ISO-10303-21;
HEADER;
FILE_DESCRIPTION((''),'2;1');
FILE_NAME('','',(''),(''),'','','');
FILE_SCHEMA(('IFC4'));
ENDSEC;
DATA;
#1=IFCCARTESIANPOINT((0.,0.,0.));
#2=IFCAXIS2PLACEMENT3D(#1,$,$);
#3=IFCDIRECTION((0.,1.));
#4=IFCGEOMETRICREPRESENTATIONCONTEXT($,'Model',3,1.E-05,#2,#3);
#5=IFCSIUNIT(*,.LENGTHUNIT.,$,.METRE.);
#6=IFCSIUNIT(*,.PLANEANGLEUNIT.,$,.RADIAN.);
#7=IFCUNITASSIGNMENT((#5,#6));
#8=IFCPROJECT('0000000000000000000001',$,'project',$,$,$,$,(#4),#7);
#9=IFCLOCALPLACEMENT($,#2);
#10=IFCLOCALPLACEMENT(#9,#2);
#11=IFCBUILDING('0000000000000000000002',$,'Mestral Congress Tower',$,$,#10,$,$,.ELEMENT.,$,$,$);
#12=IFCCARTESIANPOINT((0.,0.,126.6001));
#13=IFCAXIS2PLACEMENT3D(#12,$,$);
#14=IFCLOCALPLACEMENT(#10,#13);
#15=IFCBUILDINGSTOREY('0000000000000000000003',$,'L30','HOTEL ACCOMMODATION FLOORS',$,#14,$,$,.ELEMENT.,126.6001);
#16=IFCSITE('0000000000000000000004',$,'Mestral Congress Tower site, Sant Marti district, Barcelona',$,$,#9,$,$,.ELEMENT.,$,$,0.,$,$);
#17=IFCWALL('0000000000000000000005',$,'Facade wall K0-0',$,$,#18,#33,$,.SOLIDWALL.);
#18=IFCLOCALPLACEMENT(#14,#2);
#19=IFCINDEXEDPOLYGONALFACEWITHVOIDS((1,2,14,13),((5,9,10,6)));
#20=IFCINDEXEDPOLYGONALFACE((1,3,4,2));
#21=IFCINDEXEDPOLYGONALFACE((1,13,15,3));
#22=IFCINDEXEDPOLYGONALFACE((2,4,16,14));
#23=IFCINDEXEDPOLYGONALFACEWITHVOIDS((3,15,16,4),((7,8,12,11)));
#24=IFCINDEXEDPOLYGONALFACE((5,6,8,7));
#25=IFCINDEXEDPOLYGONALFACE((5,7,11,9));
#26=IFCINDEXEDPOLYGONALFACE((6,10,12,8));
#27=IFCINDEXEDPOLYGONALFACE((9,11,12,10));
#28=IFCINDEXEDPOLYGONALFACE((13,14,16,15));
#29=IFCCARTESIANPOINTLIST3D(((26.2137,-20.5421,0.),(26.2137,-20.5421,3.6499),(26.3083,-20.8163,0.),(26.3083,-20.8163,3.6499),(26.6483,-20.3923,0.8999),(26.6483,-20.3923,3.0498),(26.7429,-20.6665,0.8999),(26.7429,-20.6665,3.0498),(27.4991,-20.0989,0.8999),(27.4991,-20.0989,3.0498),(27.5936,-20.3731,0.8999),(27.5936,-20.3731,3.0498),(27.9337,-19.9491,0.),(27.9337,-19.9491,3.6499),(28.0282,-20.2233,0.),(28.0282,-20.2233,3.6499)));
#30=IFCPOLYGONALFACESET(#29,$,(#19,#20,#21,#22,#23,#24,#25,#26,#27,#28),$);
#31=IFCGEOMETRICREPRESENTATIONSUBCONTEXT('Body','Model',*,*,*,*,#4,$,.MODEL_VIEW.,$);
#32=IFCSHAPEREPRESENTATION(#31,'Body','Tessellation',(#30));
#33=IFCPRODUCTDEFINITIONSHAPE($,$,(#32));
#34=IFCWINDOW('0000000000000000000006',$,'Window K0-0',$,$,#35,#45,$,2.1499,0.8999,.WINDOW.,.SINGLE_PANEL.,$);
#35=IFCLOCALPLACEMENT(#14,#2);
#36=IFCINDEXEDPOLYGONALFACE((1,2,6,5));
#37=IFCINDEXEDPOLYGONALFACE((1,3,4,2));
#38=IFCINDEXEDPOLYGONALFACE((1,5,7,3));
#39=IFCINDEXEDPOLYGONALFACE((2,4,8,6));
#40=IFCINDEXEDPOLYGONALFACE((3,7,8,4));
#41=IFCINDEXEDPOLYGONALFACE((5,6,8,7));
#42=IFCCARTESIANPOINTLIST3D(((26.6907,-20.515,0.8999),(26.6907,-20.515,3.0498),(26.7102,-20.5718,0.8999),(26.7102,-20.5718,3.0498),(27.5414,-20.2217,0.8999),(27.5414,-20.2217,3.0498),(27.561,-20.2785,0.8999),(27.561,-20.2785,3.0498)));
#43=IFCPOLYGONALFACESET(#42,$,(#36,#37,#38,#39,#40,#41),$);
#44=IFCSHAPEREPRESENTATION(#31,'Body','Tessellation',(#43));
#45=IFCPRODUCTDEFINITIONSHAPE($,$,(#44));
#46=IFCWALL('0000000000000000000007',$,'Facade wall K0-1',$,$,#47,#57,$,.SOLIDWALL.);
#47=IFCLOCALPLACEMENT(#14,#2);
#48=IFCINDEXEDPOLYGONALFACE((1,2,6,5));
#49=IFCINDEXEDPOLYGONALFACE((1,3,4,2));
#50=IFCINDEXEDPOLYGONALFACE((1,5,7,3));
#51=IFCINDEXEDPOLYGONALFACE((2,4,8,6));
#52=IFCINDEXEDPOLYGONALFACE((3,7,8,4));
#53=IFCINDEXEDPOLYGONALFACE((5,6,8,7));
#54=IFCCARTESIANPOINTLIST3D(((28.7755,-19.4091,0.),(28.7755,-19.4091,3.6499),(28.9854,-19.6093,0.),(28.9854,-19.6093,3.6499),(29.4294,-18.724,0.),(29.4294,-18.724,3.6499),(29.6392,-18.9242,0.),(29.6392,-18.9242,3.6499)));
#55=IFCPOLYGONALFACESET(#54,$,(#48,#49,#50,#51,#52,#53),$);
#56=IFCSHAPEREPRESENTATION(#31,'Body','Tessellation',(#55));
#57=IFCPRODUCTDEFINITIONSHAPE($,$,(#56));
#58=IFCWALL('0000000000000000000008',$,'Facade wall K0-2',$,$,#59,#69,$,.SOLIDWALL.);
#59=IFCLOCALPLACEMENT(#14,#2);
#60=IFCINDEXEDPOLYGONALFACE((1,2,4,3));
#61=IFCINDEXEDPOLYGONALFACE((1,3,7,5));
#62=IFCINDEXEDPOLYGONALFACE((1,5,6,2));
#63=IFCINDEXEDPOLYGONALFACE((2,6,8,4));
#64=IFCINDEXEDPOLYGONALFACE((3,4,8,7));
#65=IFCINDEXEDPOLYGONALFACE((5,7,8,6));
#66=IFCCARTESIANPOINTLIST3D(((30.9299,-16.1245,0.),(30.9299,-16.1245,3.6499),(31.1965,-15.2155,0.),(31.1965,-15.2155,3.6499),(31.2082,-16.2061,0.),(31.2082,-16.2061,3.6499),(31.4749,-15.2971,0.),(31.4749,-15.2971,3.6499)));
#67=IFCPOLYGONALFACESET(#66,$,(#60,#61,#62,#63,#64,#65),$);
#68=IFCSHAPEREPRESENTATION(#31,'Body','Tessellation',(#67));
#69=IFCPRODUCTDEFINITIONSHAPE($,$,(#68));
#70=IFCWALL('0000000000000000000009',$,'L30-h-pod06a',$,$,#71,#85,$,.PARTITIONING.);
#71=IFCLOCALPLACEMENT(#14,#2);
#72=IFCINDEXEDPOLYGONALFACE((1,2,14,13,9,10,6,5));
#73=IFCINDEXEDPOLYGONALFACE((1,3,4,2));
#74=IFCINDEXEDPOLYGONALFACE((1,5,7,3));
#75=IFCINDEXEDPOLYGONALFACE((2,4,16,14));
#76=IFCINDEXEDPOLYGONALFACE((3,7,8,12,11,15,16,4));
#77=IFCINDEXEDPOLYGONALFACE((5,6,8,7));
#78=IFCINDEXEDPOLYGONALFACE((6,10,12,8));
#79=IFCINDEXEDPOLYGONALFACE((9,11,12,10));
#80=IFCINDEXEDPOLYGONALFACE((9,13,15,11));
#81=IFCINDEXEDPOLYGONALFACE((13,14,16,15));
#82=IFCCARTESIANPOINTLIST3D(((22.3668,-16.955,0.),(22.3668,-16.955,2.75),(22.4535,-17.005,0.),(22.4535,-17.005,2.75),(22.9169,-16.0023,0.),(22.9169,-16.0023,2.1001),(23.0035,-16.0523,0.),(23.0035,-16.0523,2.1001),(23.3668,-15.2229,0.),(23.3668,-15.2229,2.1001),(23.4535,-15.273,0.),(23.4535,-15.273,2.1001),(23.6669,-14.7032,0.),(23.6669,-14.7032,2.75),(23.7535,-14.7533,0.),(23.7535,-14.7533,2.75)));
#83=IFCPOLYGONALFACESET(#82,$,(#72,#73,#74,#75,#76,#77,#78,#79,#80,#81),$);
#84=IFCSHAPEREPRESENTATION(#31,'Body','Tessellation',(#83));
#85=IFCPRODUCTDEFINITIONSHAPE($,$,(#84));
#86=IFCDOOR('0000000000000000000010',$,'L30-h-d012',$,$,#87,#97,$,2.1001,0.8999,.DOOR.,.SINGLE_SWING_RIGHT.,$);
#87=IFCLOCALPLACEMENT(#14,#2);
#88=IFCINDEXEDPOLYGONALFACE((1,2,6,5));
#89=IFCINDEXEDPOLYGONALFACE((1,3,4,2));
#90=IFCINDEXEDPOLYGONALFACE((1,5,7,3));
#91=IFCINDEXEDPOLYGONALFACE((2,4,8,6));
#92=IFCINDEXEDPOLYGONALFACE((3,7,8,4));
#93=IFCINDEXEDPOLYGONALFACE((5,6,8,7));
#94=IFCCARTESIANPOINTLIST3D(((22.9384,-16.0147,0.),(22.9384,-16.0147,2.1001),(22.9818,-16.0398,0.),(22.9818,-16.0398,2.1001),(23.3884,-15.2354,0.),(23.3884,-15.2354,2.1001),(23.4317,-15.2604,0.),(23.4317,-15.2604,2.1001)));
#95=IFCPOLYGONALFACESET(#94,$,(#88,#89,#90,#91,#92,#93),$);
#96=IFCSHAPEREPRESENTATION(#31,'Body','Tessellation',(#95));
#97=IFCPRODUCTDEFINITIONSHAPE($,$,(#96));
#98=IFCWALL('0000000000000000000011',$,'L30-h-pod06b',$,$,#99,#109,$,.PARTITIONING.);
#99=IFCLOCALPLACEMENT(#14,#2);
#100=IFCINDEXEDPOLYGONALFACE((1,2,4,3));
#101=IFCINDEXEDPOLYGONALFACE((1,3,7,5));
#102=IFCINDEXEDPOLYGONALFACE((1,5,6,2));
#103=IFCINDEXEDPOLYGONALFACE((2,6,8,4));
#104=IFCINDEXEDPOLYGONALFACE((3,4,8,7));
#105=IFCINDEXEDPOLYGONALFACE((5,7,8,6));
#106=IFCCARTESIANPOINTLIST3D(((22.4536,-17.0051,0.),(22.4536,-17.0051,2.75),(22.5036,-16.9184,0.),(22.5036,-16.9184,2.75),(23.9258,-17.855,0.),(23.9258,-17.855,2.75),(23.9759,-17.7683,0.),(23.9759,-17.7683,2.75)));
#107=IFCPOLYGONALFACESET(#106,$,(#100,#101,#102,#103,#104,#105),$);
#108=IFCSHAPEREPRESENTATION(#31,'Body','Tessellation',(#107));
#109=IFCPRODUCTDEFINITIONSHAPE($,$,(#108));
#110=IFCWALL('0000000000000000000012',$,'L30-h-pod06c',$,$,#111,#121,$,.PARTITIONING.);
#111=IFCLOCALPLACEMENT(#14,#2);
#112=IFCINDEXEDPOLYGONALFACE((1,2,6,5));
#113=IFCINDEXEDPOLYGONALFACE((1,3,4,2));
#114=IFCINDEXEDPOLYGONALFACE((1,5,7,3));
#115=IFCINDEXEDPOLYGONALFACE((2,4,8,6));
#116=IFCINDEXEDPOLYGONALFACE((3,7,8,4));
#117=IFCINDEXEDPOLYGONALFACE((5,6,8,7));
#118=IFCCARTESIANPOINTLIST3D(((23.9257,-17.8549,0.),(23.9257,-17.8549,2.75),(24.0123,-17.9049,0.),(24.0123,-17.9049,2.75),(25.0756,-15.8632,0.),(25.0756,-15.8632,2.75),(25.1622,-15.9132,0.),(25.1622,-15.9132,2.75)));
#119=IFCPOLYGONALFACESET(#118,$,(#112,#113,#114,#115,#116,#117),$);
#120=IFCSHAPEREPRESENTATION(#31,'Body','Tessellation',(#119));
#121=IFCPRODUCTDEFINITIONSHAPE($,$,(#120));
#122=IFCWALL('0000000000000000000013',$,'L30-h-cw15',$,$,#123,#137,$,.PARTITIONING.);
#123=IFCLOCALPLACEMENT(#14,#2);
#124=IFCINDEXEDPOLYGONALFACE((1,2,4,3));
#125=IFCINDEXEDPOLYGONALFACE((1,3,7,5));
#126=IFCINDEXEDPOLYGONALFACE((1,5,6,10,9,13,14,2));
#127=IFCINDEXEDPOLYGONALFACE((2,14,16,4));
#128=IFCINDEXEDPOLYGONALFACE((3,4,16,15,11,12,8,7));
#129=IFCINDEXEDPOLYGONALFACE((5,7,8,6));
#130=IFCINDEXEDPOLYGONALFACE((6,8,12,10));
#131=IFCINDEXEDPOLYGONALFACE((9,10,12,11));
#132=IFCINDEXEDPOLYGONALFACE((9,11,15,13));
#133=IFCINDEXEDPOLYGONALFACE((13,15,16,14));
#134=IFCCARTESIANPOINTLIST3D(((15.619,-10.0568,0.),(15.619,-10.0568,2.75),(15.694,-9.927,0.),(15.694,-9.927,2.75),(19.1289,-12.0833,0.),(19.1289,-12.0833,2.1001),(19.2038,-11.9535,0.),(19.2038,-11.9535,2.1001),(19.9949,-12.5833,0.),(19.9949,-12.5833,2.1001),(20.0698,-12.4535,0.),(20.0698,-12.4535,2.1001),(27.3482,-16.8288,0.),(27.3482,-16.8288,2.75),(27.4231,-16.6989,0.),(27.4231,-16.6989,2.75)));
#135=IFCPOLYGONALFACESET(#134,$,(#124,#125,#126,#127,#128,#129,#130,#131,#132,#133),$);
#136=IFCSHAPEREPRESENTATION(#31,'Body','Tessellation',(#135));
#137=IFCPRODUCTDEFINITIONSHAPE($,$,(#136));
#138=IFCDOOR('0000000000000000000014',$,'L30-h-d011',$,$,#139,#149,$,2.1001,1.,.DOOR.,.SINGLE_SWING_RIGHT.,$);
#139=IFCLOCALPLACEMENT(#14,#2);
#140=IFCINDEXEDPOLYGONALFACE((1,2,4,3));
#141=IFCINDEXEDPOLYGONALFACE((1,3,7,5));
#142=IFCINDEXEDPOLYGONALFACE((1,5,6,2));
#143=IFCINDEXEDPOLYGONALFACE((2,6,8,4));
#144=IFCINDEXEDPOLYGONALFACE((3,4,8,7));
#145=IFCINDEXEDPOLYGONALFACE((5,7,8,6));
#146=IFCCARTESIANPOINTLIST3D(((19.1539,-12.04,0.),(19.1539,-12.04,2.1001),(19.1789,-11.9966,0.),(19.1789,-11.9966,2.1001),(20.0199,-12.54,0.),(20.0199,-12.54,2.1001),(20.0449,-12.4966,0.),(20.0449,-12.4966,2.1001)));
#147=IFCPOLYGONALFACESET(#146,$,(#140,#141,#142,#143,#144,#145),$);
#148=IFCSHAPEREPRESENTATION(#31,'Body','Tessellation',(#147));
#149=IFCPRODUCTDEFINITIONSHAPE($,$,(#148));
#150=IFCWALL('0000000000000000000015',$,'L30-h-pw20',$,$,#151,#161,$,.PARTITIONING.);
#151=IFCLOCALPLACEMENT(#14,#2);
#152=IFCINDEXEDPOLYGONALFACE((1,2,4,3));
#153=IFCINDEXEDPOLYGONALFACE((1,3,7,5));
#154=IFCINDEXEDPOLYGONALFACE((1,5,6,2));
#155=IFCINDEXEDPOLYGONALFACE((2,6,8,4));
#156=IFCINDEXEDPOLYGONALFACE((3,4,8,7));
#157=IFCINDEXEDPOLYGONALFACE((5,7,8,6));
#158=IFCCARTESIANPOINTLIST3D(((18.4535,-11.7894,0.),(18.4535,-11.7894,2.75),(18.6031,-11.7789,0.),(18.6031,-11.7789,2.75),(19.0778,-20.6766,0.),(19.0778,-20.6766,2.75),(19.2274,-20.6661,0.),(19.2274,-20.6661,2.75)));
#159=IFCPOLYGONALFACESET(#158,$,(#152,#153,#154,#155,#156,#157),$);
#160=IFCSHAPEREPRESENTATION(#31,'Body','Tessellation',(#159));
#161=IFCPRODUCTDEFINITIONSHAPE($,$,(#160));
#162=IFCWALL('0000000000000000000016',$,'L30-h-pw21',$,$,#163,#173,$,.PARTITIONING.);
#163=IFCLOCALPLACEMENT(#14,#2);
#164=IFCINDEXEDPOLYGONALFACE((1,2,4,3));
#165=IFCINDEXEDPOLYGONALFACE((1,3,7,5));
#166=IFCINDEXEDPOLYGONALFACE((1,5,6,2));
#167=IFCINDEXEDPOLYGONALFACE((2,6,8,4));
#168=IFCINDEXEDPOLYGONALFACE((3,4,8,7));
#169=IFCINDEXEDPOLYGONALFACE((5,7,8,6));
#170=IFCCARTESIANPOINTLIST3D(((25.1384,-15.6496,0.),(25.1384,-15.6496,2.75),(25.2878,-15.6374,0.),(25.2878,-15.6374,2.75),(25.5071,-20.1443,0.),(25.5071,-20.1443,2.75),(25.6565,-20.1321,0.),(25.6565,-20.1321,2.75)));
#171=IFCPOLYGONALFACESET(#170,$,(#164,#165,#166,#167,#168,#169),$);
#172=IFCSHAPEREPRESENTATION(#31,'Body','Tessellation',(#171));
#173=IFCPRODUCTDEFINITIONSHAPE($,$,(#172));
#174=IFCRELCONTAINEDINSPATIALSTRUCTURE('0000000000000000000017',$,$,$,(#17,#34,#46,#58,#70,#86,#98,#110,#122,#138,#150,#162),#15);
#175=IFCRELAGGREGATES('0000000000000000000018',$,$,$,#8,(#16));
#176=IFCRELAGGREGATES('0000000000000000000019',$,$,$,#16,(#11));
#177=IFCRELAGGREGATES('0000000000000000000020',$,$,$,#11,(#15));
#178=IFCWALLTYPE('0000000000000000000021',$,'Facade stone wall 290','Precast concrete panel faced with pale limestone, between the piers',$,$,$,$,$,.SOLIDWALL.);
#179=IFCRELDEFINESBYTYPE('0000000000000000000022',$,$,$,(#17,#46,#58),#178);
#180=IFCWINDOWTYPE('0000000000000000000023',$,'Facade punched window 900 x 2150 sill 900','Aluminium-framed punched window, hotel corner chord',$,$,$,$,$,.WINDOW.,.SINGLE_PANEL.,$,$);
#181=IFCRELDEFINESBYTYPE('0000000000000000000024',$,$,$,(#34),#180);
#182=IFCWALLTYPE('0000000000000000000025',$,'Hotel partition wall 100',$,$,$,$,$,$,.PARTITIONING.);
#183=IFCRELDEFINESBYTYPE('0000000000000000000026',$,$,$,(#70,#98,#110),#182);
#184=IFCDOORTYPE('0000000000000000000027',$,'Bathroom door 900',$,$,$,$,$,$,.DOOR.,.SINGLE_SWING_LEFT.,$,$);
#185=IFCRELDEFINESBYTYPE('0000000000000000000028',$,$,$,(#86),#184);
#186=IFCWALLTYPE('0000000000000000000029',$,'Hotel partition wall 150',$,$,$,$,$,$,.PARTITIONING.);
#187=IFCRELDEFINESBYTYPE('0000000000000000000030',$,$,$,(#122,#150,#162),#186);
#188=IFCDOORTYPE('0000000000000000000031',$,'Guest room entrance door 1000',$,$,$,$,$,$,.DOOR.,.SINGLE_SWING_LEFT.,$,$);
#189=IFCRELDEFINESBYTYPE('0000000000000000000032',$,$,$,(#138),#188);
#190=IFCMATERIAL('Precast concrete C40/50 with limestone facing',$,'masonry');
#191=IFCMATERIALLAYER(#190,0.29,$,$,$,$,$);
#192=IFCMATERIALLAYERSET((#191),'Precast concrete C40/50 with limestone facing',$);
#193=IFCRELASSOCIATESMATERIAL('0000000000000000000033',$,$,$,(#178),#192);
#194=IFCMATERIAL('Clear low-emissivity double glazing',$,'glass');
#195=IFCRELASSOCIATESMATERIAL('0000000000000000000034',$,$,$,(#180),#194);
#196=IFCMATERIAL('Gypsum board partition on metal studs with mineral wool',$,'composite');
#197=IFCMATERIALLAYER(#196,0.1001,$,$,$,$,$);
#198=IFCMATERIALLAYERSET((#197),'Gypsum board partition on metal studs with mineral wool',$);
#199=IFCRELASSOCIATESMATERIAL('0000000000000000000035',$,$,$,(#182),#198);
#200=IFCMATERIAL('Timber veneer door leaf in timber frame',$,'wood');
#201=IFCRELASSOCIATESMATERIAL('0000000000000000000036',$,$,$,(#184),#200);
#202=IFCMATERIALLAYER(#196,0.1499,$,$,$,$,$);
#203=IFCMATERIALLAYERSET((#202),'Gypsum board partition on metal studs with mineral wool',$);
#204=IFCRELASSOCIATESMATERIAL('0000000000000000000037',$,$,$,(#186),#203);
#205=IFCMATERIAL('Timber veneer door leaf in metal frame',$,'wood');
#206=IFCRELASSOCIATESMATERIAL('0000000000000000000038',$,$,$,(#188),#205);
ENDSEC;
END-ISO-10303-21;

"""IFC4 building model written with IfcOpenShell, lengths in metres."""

from ifc_helpers import new_model, si_unit, direction, frame, frame_2d, origin, place, context, subcontext, project, spatial, rectangle, extrude, material, layer, layer_set, type_object, element, fill, save


model = new_model("IFC4")

# Units and contexts
model_context = context("Model", 3, precision=1e-05, world=origin(), true_north=direction((0.0, 1.0)))
body_context = subcontext(model_context, "Body", "Model", "MODEL_VIEW")
ifc_project = project(units=[si_unit("LENGTHUNIT", "METRE"), si_unit("PLANEANGLEUNIT", "RADIAN")], contexts=[model_context])

# Site, building, storey
site_placement = place(None, origin())
site = spatial("IfcSite", under=ifc_project, at=site_placement, Name="Mestral Congress Tower site, Sant Marti district, Barcelona", CompositionType="ELEMENT", RefElevation=0.0)
building_placement = place(site_placement, origin())
building = spatial("IfcBuilding", under=site, at=building_placement, Name="Mestral Congress Tower", CompositionType="ELEMENT")
storey_placement = place(building_placement, frame((0.0, 0.0, 126.6001)))
storey = spatial("IfcBuildingStorey", under=building, at=storey_placement, Name="L30", Description="HOTEL ACCOMMODATION FLOORS", CompositionType="ELEMENT", Elevation=126.6001)

# Shared definitions
ifc_material_1 = material(Name="Precast concrete C40/50 with limestone facing", Category="masonry")
ifc_layer_1 = layer(ifc_material_1, 0.29)
ifc_layer_set_1 = layer_set([ifc_layer_1], Name="Precast concrete C40/50 with limestone facing")
wall_type_1 = type_object("IfcWallType", Name="Facade stone wall 290", Description="Precast concrete panel faced with pale limestone, between the piers", PredefinedType="SOLIDWALL", material=ifc_layer_set_1)
ifc_material_2 = material(Name="Clear low-emissivity double glazing", Category="glass")

# Wall, opening, window
wall_1_placement = place(storey_placement, frame((26.261, -20.6792, 0.0), z_axis=(0.0, 0.0, 1.0), x_axis=(0.945386, 0.325953, 0.0)))
wall_1 = element("IfcWall", 1, at=wall_1_placement, inside=storey, type_object=wall_type_1, Name="Facade wall K0-0", PredefinedType="SOLIDWALL", context=body_context, shape_type="SweptSolid", body=[
    extrude(rectangle(XDim=1.8193, YDim=0.29, at=frame_2d((0.9097, 0.0))), origin(), (0.0, 0.0, 1.0), 3.6499),
])
opening_1_placement = place(wall_1_placement, frame((0.4597, 0.0, 0.8999)))
opening_1 = element("IfcOpeningElement", 2, at=opening_1_placement, cuts=wall_1, PredefinedType="OPENING", context=body_context, shape_type="SweptSolid", body=[
    extrude(rectangle(XDim=0.8999, YDim=2.1499, at=frame_2d((0.45, 1.075))), frame((0.0, 0.155, 0.0), z_axis=(0.0, -1.0, 0.0), x_axis=(1.0, 0.0, 0.0)), (0.0, 0.0, 1.0), 0.3101),
])
window_type_1 = type_object("IfcWindowType", Name="Facade punched window 900 x 2150 sill 900", Description="Aluminium-framed punched window, hotel corner chord", PartitioningType="SINGLE_PANEL", PredefinedType="WINDOW", material=ifc_material_2)
window_1_placement = place(opening_1_placement, origin())
window_1 = element("IfcWindow", 3, at=window_1_placement, inside=storey, type_object=window_type_1, Name="Window K0-0", OverallHeight=2.1499, OverallWidth=0.8999, PartitioningType="SINGLE_PANEL", PredefinedType="WINDOW", context=body_context, shape_type="SweptSolid", body=[
    extrude(rectangle(XDim=0.8999, YDim=2.1499, at=frame_2d((0.45, 1.075))), frame((0.0, 0.0151, 0.0), z_axis=(0.0, -1.0, 0.0), x_axis=(1.0, 0.0, 0.0)), (0.0, 0.0, 1.0), 0.0601),
])
fill(opening_1, window_1)

# Walls
wall_2_placement = place(storey_placement, frame((28.8804, -19.5093, 0.0), z_axis=(0.0, 0.0, 1.0), x_axis=(0.690414, 0.723414, 0.0)))
element("IfcWall", 4, at=wall_2_placement, inside=storey, type_object=wall_type_1, Name="Facade wall K0-1", PredefinedType="SOLIDWALL", context=body_context, shape_type="SweptSolid", body=[
    extrude(rectangle(XDim=0.947, YDim=0.29, at=frame_2d((0.4736, 0.0))), origin(), (0.0, 0.0, 1.0), 3.6499),
])
wall_3_placement = place(storey_placement, frame((31.0691, -16.1653, 0.0), z_axis=(0.0, 0.0, 1.0), x_axis=(0.281455, 0.959575, 0.0)))
element("IfcWall", 5, at=wall_3_placement, inside=storey, type_object=wall_type_1, Name="Facade wall K0-2", PredefinedType="SOLIDWALL", context=body_context, shape_type="SweptSolid", body=[
    extrude(rectangle(XDim=0.9473, YDim=0.29, at=frame_2d((0.4736, 0.0))), origin(), (0.0, 0.0, 1.0), 3.6499),
])

# Wall, opening, door
ifc_material_3 = material(Name="Gypsum board partition on metal studs with mineral wool", Category="composite")
ifc_layer_2 = layer(ifc_material_3, 0.1001)
ifc_layer_set_2 = layer_set([ifc_layer_2], Name="Gypsum board partition on metal studs with mineral wool")
wall_type_2 = type_object("IfcWallType", Name="Hotel partition wall 100", PredefinedType="PARTITIONING", material=ifc_layer_set_2)
wall_4_placement = place(storey_placement, frame((23.7102, -14.7283, 0.0), z_axis=(0.0, 0.0, 1.0), x_axis=(-0.500007, -0.866021, 0.0)))
wall_4 = element("IfcWall", 6, at=wall_4_placement, inside=storey, type_object=wall_type_2, Name="L30-h-pod06a", PredefinedType="PARTITIONING", context=body_context, shape_type="SweptSolid", body=[
    extrude(rectangle(XDim=2.6001, YDim=0.1001, at=frame_2d((1.3, 0.0))), origin(), (0.0, 0.0, 1.0), 2.75),
])
opening_2_placement = place(wall_4_placement, frame((0.6001, 0.0, 0.0)))
opening_2 = element("IfcOpeningElement", 7, at=opening_2_placement, cuts=wall_4, PredefinedType="OPENING", context=body_context, shape_type="SweptSolid", body=[
    extrude(rectangle(XDim=0.8999, YDim=2.1001, at=frame_2d((0.45, 1.05))), frame((0.0, 0.0601, 0.0), z_axis=(0.0, -1.0, 0.0), x_axis=(1.0, 0.0, 0.0)), (0.0, 0.0, 1.0), 0.1201),
])
ifc_material_4 = material(Name="Timber veneer door leaf in timber frame", Category="wood")
door_type_1 = type_object("IfcDoorType", Name="Bathroom door 900", OperationType="SINGLE_SWING_LEFT", PredefinedType="DOOR", material=ifc_material_4)
door_1_placement = place(opening_2_placement, origin())
door_1 = element("IfcDoor", 8, at=door_1_placement, inside=storey, type_object=door_type_1, Name="L30-h-d012", OperationType="SINGLE_SWING_RIGHT", OverallHeight=2.1001, OverallWidth=0.8999, PredefinedType="DOOR", context=body_context, shape_type="SweptSolid", body=[
    extrude(rectangle(XDim=0.8999, YDim=2.1001, at=frame_2d((0.45, 1.05))), frame((0.0, 0.0249, 0.0), z_axis=(0.0, -1.0, 0.0), x_axis=(1.0, 0.0, 0.0)), (0.0, 0.0, 1.0), 0.05),
])
fill(opening_2, door_1)

# Walls
wall_5_placement = place(storey_placement, frame((22.4785, -16.9617, 0.0), z_axis=(0.0, 0.0, 1.0), x_axis=(0.866052, -0.499955, 0.0)))
element("IfcWall", 9, at=wall_5_placement, inside=storey, type_object=wall_type_2, Name="L30-h-pod06b", PredefinedType="PARTITIONING", context=body_context, shape_type="SweptSolid", body=[
    extrude(rectangle(XDim=1.7, YDim=0.1001, at=frame_2d((0.8501, 0.0))), origin(), (0.0, 0.0, 1.0), 2.75),
])
wall_6_placement = place(storey_placement, frame((25.1189, -15.8882, 0.0), z_axis=(0.0, 0.0, 1.0), x_axis=(-0.499998, -0.866026, 0.0)))
element("IfcWall", 10, at=wall_6_placement, inside=storey, type_object=wall_type_2, Name="L30-h-pod06c", PredefinedType="PARTITIONING", context=body_context, shape_type="SweptSolid", body=[
    extrude(rectangle(XDim=2.2998, YDim=0.1001, at=frame_2d((1.1499, 0.0))), origin(), (0.0, 0.0, 1.0), 2.75),
])

# Wall, opening, door
ifc_layer_3 = layer(ifc_material_3, 0.1499)
ifc_layer_set_3 = layer_set([ifc_layer_3], Name="Gypsum board partition on metal studs with mineral wool")
wall_type_3 = type_object("IfcWallType", Name="Hotel partition wall 150", PredefinedType="PARTITIONING", material=ifc_layer_set_3)
wall_7_placement = place(storey_placement, frame((27.3857, -16.7639, 0.0), z_axis=(0.0, 0.0, 1.0), x_axis=(-0.866023, 0.500005, 0.0)))
wall_7 = element("IfcWall", 11, at=wall_7_placement, inside=storey, type_object=wall_type_3, Name="L30-h-cw15", PredefinedType="PARTITIONING", context=body_context, shape_type="SweptSolid", body=[
    extrude(rectangle(XDim=13.5437, YDim=0.1499, at=frame_2d((6.772, 0.0))), origin(), (0.0, 0.0, 1.0), 2.75),
])
opening_3_placement = place(wall_7_placement, frame((8.491, 0.0, 0.0)))
opening_3 = element("IfcOpeningElement", 12, at=opening_3_placement, cuts=wall_7, PredefinedType="OPENING", context=body_context, shape_type="SweptSolid", body=[
    extrude(rectangle(XDim=1.0, YDim=2.1001, at=frame_2d((0.5, 1.05))), frame((0.0, 0.085, 0.0), z_axis=(0.0, -1.0, 0.0), x_axis=(1.0, 0.0, 0.0)), (0.0, 0.0, 1.0), 0.1699),
])
ifc_material_5 = material(Name="Timber veneer door leaf in metal frame", Category="wood")
door_type_2 = type_object("IfcDoorType", Name="Guest room entrance door 1000", OperationType="SINGLE_SWING_LEFT", PredefinedType="DOOR", material=ifc_material_5)
door_2_placement = place(opening_3_placement, origin())
door_2 = element("IfcDoor", 13, at=door_2_placement, inside=storey, type_object=door_type_2, Name="L30-h-d011", OperationType="SINGLE_SWING_RIGHT", OverallHeight=2.1001, OverallWidth=1.0, PredefinedType="DOOR", context=body_context, shape_type="SweptSolid", body=[
    extrude(rectangle(XDim=1.0, YDim=2.1001, at=frame_2d((0.5, 1.05))), frame((0.0, 0.0249, 0.0), z_axis=(0.0, -1.0, 0.0), x_axis=(1.0, 0.0, 0.0)), (0.0, 0.0, 1.0), 0.05),
])
fill(opening_3, door_2)

# Walls
wall_8_placement = place(storey_placement, frame((19.1526, -20.6714, 0.0), z_axis=(0.0, 0.0, 1.0), x_axis=(-0.070071, 0.997542, 0.0)))
element("IfcWall", 14, at=wall_8_placement, inside=storey, type_object=wall_type_3, Name="L30-h-pw20", PredefinedType="PARTITIONING", context=body_context, shape_type="SweptSolid", body=[
    extrude(rectangle(XDim=8.9092, YDim=0.1499, at=frame_2d((4.4546, 0.0))), origin(), (0.0, 0.0, 1.0), 2.75),
])
wall_9_placement = place(storey_placement, frame((25.5818, -20.1382, 0.0), z_axis=(0.0, 0.0, 1.0), x_axis=(-0.081746, 0.996653, 0.0)))
element("IfcWall", 15, at=wall_9_placement, inside=storey, type_object=wall_type_3, Name="L30-h-pw21", PredefinedType="PARTITIONING", context=body_context, shape_type="SweptSolid", body=[
    extrude(rectangle(XDim=4.5098, YDim=0.1499, at=frame_2d((2.2549, 0.0))), origin(), (0.0, 0.0, 1.0), 2.75),
])

save(model, "model.ifc")
